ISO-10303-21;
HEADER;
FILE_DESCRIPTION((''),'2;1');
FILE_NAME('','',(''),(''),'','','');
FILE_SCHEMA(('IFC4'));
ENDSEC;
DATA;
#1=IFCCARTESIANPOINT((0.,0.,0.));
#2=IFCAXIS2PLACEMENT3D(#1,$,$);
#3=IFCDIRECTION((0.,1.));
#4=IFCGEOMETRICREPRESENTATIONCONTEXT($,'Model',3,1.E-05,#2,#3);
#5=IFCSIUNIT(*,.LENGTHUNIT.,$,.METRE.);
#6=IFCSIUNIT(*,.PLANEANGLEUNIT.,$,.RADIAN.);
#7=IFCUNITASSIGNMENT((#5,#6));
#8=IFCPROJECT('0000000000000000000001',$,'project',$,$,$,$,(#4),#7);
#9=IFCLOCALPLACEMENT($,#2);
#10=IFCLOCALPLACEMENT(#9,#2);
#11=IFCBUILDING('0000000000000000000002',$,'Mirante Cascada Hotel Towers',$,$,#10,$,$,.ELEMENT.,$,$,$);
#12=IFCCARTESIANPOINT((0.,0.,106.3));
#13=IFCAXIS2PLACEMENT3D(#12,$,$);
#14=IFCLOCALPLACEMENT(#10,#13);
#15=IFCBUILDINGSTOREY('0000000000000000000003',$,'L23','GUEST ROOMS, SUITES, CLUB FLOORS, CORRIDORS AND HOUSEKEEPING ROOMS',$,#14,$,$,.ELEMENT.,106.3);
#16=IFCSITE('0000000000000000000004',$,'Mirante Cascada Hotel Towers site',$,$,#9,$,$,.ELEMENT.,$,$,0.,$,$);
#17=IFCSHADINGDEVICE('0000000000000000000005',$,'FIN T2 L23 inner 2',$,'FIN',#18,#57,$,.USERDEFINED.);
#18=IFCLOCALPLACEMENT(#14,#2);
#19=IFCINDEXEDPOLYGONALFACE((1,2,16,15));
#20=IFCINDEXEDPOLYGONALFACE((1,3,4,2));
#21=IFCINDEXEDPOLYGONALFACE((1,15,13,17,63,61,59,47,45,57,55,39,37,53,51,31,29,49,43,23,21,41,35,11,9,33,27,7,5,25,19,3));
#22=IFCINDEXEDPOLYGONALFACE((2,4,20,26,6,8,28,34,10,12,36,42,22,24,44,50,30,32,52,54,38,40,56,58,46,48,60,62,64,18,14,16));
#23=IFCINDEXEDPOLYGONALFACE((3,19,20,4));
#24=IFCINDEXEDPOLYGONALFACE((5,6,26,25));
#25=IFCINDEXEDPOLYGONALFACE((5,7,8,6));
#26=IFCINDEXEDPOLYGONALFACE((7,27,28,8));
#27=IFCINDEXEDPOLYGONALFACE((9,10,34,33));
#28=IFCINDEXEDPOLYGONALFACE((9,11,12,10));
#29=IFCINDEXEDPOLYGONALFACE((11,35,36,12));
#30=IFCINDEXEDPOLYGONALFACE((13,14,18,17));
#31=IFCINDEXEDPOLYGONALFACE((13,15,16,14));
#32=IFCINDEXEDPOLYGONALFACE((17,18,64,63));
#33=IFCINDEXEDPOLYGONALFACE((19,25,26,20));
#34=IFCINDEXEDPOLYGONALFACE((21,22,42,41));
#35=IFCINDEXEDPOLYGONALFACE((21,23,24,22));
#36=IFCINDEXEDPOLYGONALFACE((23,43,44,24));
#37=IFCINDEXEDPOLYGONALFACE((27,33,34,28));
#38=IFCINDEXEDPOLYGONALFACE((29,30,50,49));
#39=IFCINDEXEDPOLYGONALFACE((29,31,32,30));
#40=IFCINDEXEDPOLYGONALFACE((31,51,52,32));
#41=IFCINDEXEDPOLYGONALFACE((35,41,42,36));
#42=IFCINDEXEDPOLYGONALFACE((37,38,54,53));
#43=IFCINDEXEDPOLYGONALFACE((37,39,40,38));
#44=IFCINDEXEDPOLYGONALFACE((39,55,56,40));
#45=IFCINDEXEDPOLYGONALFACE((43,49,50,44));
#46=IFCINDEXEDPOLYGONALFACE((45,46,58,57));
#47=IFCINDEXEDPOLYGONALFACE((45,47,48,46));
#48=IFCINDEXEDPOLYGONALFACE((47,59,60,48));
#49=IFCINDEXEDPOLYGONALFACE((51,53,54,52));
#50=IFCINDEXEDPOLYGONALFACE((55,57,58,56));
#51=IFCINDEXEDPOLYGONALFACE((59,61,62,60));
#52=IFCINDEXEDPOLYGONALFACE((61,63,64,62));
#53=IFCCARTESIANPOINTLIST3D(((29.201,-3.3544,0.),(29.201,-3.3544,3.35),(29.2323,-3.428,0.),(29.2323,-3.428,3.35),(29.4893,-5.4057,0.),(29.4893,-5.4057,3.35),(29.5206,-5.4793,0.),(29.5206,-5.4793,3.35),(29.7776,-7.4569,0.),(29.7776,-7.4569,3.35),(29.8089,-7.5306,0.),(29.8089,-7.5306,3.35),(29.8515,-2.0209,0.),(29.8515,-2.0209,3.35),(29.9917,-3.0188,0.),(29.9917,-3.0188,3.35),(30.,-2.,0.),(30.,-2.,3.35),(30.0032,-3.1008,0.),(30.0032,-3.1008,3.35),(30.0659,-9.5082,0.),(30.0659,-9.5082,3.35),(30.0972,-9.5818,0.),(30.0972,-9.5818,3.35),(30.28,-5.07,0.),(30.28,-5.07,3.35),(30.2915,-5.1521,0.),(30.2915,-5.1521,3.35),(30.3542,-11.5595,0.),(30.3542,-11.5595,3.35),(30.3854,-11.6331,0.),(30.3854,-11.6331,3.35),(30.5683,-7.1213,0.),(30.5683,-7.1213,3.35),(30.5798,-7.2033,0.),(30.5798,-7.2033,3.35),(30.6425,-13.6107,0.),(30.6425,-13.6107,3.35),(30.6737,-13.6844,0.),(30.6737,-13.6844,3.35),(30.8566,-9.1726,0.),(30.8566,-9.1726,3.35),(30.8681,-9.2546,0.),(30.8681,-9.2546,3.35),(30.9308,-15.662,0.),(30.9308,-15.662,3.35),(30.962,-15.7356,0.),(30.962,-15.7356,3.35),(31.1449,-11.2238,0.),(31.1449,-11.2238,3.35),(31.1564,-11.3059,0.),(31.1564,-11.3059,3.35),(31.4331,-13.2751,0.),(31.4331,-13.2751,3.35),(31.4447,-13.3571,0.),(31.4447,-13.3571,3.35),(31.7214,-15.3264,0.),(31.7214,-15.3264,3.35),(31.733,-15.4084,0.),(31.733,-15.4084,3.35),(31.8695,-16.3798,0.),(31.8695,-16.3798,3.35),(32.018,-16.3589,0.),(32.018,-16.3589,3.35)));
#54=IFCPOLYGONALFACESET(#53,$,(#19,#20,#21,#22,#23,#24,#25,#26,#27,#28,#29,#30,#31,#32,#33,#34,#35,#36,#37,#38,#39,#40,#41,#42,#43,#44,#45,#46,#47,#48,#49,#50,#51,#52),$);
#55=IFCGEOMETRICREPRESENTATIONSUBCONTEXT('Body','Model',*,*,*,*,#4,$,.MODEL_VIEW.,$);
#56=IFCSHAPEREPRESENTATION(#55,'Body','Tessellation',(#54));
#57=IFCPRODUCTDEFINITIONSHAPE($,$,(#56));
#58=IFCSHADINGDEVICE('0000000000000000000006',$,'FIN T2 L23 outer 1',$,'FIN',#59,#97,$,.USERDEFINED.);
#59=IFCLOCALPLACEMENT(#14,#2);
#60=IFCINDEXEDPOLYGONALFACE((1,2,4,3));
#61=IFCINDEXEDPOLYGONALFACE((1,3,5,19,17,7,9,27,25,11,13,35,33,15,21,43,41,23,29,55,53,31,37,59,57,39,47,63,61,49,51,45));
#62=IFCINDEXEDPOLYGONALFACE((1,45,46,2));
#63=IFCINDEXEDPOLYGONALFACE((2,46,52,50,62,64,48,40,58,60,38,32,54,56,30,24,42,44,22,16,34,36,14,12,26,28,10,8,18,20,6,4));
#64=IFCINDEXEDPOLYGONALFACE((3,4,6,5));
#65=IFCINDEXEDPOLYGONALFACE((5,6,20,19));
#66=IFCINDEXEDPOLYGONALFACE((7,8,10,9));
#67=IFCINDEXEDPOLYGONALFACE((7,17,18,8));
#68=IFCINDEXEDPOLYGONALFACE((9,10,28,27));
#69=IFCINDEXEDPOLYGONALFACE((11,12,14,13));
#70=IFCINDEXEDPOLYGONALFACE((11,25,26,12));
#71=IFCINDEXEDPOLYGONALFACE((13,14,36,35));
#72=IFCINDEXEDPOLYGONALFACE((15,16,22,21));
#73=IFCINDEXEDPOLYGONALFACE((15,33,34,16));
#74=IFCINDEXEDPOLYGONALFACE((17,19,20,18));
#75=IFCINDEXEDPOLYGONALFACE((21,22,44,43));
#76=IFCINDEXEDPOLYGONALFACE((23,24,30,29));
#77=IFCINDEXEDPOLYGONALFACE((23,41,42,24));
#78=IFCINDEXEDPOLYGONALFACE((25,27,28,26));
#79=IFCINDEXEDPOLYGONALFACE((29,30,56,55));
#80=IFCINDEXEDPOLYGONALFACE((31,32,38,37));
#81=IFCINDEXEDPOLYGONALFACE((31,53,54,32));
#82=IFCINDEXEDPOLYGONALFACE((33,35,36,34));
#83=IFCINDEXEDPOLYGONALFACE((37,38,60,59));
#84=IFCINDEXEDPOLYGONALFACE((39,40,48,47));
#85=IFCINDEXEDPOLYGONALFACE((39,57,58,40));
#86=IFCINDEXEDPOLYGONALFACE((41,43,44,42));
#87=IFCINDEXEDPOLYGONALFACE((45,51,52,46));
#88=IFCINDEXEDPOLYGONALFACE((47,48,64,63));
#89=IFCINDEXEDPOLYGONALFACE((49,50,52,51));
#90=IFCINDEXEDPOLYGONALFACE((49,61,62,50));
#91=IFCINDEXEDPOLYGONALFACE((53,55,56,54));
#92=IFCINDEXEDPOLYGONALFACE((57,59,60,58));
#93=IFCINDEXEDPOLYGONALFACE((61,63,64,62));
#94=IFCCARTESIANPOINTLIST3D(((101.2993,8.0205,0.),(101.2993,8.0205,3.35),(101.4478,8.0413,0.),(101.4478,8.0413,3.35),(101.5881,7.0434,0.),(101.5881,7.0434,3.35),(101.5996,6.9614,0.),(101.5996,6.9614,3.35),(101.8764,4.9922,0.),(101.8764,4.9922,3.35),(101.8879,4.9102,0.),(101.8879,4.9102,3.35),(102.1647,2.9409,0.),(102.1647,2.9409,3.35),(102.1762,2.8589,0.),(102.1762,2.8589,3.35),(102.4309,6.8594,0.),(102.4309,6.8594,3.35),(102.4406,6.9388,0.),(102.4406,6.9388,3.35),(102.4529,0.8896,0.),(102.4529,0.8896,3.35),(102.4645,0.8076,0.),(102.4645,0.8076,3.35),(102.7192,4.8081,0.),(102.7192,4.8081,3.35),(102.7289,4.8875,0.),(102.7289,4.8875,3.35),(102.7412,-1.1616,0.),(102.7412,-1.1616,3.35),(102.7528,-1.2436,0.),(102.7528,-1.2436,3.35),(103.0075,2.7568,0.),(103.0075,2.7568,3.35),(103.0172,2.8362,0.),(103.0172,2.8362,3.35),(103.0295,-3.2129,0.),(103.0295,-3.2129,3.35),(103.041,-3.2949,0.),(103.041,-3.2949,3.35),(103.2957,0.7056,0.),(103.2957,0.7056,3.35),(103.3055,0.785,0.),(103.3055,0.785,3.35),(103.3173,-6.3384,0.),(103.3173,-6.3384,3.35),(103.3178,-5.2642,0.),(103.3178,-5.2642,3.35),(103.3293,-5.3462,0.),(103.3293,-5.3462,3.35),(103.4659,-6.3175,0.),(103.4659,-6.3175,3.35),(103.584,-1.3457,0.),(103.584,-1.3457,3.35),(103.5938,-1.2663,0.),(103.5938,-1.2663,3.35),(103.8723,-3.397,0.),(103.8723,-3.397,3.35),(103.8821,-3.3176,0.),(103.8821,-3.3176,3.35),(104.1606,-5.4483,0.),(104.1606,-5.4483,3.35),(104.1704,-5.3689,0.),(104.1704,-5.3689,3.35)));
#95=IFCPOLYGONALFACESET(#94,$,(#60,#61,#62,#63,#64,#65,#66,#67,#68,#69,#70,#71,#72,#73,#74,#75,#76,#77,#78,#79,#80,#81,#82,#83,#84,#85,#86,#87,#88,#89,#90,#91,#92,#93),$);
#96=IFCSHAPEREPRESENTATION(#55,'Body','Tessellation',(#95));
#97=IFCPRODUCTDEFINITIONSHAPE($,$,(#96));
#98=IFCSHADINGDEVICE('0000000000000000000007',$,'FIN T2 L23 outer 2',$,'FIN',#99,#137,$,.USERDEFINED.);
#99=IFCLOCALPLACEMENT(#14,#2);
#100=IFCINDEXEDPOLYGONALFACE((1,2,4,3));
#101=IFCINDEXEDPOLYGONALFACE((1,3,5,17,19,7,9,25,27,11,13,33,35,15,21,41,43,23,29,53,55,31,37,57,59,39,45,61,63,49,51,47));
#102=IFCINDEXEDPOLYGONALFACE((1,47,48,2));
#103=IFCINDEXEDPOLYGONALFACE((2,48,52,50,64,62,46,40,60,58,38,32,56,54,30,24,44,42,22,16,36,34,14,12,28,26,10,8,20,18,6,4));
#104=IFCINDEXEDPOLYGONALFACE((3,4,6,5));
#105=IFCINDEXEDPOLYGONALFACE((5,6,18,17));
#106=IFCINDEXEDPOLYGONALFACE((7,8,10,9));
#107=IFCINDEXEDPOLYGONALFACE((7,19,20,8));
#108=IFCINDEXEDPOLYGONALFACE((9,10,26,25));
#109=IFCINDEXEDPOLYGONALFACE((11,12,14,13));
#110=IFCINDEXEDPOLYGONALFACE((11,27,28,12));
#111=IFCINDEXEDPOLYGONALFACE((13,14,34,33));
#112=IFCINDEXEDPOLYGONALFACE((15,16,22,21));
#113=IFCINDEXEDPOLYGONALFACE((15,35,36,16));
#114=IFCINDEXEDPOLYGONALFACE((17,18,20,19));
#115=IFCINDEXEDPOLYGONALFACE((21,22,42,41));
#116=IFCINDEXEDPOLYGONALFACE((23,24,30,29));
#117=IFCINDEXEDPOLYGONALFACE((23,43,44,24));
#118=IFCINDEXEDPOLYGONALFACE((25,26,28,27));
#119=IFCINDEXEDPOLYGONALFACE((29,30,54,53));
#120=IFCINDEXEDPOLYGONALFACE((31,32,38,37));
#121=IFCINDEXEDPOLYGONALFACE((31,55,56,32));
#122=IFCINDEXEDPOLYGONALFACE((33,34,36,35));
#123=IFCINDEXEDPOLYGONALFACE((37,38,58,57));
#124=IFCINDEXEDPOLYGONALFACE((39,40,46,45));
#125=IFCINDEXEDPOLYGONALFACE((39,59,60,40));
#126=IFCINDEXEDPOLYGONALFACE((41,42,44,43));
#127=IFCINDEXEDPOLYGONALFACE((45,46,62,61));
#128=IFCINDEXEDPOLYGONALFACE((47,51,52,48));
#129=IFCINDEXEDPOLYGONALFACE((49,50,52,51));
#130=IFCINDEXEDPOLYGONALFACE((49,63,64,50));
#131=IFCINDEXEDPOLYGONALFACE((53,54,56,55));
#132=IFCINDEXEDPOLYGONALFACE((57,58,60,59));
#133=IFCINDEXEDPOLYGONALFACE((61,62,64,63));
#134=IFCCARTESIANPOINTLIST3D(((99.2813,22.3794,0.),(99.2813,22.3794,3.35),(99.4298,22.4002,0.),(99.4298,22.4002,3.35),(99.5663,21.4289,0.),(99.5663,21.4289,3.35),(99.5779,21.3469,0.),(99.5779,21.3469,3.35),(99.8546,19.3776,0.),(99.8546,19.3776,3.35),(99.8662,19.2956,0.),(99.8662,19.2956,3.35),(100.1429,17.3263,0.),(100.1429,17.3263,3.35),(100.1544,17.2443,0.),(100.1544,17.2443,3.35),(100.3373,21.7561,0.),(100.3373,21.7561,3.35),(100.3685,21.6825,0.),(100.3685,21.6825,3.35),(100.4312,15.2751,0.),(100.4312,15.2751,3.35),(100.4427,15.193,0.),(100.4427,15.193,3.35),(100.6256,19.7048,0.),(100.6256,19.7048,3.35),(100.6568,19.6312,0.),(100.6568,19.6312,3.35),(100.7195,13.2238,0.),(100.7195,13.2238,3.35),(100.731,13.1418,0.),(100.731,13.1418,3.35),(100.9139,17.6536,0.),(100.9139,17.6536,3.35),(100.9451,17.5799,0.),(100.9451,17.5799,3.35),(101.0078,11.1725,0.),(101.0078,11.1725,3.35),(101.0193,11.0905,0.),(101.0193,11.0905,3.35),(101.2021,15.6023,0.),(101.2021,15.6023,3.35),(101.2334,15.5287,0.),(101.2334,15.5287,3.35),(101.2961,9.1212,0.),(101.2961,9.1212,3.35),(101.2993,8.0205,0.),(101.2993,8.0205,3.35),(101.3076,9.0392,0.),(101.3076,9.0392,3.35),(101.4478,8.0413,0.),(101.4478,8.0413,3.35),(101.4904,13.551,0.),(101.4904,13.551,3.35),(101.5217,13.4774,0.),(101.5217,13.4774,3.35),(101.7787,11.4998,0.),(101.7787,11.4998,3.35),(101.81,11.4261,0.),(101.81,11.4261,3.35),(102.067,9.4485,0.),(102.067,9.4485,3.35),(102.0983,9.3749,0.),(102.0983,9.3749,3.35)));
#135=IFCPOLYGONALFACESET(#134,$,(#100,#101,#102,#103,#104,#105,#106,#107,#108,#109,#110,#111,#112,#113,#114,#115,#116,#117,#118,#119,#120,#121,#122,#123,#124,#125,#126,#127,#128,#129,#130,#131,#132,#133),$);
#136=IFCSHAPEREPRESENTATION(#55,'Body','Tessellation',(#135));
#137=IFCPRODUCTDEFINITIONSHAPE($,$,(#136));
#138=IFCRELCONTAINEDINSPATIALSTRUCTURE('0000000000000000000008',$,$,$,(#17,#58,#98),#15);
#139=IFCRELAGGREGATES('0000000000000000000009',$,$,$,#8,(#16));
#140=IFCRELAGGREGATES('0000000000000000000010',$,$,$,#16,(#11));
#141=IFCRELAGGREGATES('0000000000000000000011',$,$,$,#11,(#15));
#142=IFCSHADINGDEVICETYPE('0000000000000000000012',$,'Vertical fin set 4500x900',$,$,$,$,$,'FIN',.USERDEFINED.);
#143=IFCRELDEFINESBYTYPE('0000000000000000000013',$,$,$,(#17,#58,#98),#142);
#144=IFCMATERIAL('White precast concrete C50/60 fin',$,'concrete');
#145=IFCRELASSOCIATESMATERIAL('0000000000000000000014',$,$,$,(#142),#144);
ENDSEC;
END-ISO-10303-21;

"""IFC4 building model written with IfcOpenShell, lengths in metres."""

from ifc_helpers import new_model, si_unit, direction, frame, origin, place, context, subcontext, project, spatial, polyline, outline, extrude, material, type_object, element, save


model = new_model("IFC4")

# Units and contexts
model_context = context("Model", 3, precision=1e-05, world=origin(), true_north=direction((0.0, 1.0)))
body_context = subcontext(model_context, "Body", "Model", "MODEL_VIEW")
ifc_project = project(units=[si_unit("LENGTHUNIT", "METRE"), si_unit("PLANEANGLEUNIT", "RADIAN")], contexts=[model_context])

# Site, building, storey
site_placement = place(None, origin())
site = spatial("IfcSite", under=ifc_project, at=site_placement, Name="Mirante Cascada Hotel Towers site", CompositionType="ELEMENT", RefElevation=0.0)
building_placement = place(site_placement, origin())
building = spatial("IfcBuilding", under=site, at=building_placement, Name="Mirante Cascada Hotel Towers", CompositionType="ELEMENT")
storey_placement = place(building_placement, frame((0.0, 0.0, 106.3)))
storey = spatial("IfcBuildingStorey", under=building, at=storey_placement, Name="L23", Description="GUEST ROOMS, SUITES, CLUB FLOORS, CORRIDORS AND HOUSEKEEPING ROOMS", CompositionType="ELEMENT", Elevation=106.3)

# Shading devices
ifc_material_1 = material(Name="White precast concrete C50/60 fin", Category="concrete")
shading_device_type = type_object("IfcShadingDeviceType", Name="Vertical fin set 4500x900", ElementType="FIN", PredefinedType="USERDEFINED", material=ifc_material_1)
shading_device_1_placement = place(storey_placement, origin())
element("IfcShadingDevice", 1, at=shading_device_1_placement, inside=storey, type_object=shading_device_type, Name="FIN T2 L23 inner 2", ObjectType="FIN", PredefinedType="USERDEFINED", context=body_context, shape_type="SweptSolid", body=[
    extrude(outline(polyline([(30.9308, -15.662), (31.7214, -15.3264), (31.4447, -13.3571), (30.6737, -13.6844), (30.6425, -13.6107), (31.4331, -13.2751), (31.1564, -11.3059), (30.3854, -11.6331), (30.3542, -11.5595), (31.1449, -11.2238), (30.8681, -9.2546), (30.0972, -9.5818), (30.0659, -9.5082), (30.8566, -9.1726), (30.5798, -7.2033), (29.8089, -7.5306), (29.7776, -7.4569), (30.5683, -7.1213), (30.2915, -5.1521), (29.5206, -5.4793), (29.4893, -5.4057), (30.28, -5.07), (30.0032, -3.1008), (29.2323, -3.428), (29.201, -3.3544), (29.9917, -3.0188), (29.8515, -2.0209), (30.0, -2.0), (32.018, -16.3589), (31.8695, -16.3798), (31.733, -15.4084), (30.962, -15.7356), (30.9308, -15.662)])), origin(), (0.0, 0.0, 1.0), 3.35),
])
shading_device_2_placement = place(storey_placement, origin())
element("IfcShadingDevice", 2, at=shading_device_2_placement, inside=storey, type_object=shading_device_type, Name="FIN T2 L23 outer 1", ObjectType="FIN", PredefinedType="USERDEFINED", context=body_context, shape_type="SweptSolid", body=[
    extrude(outline(polyline([(104.1606, -5.4483), (103.3293, -5.3462), (103.4659, -6.3175), (103.3173, -6.3384), (101.2993, 8.0205), (101.4478, 8.0413), (101.5881, 7.0434), (102.4406, 6.9388), (102.4309, 6.8594), (101.5996, 6.9614), (101.8764, 4.9922), (102.7289, 4.8875), (102.7192, 4.8081), (101.8879, 4.9102), (102.1647, 2.9409), (103.0172, 2.8362), (103.0075, 2.7568), (102.1762, 2.8589), (102.4529, 0.8896), (103.3055, 0.785), (103.2957, 0.7056), (102.4645, 0.8076), (102.7412, -1.1616), (103.5938, -1.2663), (103.584, -1.3457), (102.7528, -1.2436), (103.0295, -3.2129), (103.8821, -3.3176), (103.8723, -3.397), (103.041, -3.2949), (103.3178, -5.2642), (104.1704, -5.3689), (104.1606, -5.4483)])), origin(), (0.0, 0.0, 1.0), 3.35),
])
shading_device_3_placement = place(storey_placement, origin())
element("IfcShadingDevice", 3, at=shading_device_3_placement, inside=storey, type_object=shading_device_type, Name="FIN T2 L23 outer 2", ObjectType="FIN", PredefinedType="USERDEFINED", context=body_context, shape_type="SweptSolid", body=[
    extrude(outline(polyline([(102.0983, 9.3749), (101.3076, 9.0392), (101.4478, 8.0413), (101.2993, 8.0205), (99.2813, 22.3794), (99.4298, 22.4002), (99.5663, 21.4289), (100.3373, 21.7561), (100.3685, 21.6825), (99.5779, 21.3469), (99.8546, 19.3776), (100.6256, 19.7048), (100.6568, 19.6312), (99.8662, 19.2956), (100.1429, 17.3263), (100.9139, 17.6536), (100.9451, 17.5799), (100.1544, 17.2443), (100.4312, 15.2751), (101.2021, 15.6023), (101.2334, 15.5287), (100.4427, 15.193), (100.7195, 13.2238), (101.4904, 13.551), (101.5217, 13.4774), (100.731, 13.1418), (101.0078, 11.1725), (101.7787, 11.4998), (101.81, 11.4261), (101.0193, 11.0905), (101.2961, 9.1212), (102.067, 9.4485), (102.0983, 9.3749)])), origin(), (0.0, 0.0, 1.0), 3.35),
])

save(model, "model.ifc")
